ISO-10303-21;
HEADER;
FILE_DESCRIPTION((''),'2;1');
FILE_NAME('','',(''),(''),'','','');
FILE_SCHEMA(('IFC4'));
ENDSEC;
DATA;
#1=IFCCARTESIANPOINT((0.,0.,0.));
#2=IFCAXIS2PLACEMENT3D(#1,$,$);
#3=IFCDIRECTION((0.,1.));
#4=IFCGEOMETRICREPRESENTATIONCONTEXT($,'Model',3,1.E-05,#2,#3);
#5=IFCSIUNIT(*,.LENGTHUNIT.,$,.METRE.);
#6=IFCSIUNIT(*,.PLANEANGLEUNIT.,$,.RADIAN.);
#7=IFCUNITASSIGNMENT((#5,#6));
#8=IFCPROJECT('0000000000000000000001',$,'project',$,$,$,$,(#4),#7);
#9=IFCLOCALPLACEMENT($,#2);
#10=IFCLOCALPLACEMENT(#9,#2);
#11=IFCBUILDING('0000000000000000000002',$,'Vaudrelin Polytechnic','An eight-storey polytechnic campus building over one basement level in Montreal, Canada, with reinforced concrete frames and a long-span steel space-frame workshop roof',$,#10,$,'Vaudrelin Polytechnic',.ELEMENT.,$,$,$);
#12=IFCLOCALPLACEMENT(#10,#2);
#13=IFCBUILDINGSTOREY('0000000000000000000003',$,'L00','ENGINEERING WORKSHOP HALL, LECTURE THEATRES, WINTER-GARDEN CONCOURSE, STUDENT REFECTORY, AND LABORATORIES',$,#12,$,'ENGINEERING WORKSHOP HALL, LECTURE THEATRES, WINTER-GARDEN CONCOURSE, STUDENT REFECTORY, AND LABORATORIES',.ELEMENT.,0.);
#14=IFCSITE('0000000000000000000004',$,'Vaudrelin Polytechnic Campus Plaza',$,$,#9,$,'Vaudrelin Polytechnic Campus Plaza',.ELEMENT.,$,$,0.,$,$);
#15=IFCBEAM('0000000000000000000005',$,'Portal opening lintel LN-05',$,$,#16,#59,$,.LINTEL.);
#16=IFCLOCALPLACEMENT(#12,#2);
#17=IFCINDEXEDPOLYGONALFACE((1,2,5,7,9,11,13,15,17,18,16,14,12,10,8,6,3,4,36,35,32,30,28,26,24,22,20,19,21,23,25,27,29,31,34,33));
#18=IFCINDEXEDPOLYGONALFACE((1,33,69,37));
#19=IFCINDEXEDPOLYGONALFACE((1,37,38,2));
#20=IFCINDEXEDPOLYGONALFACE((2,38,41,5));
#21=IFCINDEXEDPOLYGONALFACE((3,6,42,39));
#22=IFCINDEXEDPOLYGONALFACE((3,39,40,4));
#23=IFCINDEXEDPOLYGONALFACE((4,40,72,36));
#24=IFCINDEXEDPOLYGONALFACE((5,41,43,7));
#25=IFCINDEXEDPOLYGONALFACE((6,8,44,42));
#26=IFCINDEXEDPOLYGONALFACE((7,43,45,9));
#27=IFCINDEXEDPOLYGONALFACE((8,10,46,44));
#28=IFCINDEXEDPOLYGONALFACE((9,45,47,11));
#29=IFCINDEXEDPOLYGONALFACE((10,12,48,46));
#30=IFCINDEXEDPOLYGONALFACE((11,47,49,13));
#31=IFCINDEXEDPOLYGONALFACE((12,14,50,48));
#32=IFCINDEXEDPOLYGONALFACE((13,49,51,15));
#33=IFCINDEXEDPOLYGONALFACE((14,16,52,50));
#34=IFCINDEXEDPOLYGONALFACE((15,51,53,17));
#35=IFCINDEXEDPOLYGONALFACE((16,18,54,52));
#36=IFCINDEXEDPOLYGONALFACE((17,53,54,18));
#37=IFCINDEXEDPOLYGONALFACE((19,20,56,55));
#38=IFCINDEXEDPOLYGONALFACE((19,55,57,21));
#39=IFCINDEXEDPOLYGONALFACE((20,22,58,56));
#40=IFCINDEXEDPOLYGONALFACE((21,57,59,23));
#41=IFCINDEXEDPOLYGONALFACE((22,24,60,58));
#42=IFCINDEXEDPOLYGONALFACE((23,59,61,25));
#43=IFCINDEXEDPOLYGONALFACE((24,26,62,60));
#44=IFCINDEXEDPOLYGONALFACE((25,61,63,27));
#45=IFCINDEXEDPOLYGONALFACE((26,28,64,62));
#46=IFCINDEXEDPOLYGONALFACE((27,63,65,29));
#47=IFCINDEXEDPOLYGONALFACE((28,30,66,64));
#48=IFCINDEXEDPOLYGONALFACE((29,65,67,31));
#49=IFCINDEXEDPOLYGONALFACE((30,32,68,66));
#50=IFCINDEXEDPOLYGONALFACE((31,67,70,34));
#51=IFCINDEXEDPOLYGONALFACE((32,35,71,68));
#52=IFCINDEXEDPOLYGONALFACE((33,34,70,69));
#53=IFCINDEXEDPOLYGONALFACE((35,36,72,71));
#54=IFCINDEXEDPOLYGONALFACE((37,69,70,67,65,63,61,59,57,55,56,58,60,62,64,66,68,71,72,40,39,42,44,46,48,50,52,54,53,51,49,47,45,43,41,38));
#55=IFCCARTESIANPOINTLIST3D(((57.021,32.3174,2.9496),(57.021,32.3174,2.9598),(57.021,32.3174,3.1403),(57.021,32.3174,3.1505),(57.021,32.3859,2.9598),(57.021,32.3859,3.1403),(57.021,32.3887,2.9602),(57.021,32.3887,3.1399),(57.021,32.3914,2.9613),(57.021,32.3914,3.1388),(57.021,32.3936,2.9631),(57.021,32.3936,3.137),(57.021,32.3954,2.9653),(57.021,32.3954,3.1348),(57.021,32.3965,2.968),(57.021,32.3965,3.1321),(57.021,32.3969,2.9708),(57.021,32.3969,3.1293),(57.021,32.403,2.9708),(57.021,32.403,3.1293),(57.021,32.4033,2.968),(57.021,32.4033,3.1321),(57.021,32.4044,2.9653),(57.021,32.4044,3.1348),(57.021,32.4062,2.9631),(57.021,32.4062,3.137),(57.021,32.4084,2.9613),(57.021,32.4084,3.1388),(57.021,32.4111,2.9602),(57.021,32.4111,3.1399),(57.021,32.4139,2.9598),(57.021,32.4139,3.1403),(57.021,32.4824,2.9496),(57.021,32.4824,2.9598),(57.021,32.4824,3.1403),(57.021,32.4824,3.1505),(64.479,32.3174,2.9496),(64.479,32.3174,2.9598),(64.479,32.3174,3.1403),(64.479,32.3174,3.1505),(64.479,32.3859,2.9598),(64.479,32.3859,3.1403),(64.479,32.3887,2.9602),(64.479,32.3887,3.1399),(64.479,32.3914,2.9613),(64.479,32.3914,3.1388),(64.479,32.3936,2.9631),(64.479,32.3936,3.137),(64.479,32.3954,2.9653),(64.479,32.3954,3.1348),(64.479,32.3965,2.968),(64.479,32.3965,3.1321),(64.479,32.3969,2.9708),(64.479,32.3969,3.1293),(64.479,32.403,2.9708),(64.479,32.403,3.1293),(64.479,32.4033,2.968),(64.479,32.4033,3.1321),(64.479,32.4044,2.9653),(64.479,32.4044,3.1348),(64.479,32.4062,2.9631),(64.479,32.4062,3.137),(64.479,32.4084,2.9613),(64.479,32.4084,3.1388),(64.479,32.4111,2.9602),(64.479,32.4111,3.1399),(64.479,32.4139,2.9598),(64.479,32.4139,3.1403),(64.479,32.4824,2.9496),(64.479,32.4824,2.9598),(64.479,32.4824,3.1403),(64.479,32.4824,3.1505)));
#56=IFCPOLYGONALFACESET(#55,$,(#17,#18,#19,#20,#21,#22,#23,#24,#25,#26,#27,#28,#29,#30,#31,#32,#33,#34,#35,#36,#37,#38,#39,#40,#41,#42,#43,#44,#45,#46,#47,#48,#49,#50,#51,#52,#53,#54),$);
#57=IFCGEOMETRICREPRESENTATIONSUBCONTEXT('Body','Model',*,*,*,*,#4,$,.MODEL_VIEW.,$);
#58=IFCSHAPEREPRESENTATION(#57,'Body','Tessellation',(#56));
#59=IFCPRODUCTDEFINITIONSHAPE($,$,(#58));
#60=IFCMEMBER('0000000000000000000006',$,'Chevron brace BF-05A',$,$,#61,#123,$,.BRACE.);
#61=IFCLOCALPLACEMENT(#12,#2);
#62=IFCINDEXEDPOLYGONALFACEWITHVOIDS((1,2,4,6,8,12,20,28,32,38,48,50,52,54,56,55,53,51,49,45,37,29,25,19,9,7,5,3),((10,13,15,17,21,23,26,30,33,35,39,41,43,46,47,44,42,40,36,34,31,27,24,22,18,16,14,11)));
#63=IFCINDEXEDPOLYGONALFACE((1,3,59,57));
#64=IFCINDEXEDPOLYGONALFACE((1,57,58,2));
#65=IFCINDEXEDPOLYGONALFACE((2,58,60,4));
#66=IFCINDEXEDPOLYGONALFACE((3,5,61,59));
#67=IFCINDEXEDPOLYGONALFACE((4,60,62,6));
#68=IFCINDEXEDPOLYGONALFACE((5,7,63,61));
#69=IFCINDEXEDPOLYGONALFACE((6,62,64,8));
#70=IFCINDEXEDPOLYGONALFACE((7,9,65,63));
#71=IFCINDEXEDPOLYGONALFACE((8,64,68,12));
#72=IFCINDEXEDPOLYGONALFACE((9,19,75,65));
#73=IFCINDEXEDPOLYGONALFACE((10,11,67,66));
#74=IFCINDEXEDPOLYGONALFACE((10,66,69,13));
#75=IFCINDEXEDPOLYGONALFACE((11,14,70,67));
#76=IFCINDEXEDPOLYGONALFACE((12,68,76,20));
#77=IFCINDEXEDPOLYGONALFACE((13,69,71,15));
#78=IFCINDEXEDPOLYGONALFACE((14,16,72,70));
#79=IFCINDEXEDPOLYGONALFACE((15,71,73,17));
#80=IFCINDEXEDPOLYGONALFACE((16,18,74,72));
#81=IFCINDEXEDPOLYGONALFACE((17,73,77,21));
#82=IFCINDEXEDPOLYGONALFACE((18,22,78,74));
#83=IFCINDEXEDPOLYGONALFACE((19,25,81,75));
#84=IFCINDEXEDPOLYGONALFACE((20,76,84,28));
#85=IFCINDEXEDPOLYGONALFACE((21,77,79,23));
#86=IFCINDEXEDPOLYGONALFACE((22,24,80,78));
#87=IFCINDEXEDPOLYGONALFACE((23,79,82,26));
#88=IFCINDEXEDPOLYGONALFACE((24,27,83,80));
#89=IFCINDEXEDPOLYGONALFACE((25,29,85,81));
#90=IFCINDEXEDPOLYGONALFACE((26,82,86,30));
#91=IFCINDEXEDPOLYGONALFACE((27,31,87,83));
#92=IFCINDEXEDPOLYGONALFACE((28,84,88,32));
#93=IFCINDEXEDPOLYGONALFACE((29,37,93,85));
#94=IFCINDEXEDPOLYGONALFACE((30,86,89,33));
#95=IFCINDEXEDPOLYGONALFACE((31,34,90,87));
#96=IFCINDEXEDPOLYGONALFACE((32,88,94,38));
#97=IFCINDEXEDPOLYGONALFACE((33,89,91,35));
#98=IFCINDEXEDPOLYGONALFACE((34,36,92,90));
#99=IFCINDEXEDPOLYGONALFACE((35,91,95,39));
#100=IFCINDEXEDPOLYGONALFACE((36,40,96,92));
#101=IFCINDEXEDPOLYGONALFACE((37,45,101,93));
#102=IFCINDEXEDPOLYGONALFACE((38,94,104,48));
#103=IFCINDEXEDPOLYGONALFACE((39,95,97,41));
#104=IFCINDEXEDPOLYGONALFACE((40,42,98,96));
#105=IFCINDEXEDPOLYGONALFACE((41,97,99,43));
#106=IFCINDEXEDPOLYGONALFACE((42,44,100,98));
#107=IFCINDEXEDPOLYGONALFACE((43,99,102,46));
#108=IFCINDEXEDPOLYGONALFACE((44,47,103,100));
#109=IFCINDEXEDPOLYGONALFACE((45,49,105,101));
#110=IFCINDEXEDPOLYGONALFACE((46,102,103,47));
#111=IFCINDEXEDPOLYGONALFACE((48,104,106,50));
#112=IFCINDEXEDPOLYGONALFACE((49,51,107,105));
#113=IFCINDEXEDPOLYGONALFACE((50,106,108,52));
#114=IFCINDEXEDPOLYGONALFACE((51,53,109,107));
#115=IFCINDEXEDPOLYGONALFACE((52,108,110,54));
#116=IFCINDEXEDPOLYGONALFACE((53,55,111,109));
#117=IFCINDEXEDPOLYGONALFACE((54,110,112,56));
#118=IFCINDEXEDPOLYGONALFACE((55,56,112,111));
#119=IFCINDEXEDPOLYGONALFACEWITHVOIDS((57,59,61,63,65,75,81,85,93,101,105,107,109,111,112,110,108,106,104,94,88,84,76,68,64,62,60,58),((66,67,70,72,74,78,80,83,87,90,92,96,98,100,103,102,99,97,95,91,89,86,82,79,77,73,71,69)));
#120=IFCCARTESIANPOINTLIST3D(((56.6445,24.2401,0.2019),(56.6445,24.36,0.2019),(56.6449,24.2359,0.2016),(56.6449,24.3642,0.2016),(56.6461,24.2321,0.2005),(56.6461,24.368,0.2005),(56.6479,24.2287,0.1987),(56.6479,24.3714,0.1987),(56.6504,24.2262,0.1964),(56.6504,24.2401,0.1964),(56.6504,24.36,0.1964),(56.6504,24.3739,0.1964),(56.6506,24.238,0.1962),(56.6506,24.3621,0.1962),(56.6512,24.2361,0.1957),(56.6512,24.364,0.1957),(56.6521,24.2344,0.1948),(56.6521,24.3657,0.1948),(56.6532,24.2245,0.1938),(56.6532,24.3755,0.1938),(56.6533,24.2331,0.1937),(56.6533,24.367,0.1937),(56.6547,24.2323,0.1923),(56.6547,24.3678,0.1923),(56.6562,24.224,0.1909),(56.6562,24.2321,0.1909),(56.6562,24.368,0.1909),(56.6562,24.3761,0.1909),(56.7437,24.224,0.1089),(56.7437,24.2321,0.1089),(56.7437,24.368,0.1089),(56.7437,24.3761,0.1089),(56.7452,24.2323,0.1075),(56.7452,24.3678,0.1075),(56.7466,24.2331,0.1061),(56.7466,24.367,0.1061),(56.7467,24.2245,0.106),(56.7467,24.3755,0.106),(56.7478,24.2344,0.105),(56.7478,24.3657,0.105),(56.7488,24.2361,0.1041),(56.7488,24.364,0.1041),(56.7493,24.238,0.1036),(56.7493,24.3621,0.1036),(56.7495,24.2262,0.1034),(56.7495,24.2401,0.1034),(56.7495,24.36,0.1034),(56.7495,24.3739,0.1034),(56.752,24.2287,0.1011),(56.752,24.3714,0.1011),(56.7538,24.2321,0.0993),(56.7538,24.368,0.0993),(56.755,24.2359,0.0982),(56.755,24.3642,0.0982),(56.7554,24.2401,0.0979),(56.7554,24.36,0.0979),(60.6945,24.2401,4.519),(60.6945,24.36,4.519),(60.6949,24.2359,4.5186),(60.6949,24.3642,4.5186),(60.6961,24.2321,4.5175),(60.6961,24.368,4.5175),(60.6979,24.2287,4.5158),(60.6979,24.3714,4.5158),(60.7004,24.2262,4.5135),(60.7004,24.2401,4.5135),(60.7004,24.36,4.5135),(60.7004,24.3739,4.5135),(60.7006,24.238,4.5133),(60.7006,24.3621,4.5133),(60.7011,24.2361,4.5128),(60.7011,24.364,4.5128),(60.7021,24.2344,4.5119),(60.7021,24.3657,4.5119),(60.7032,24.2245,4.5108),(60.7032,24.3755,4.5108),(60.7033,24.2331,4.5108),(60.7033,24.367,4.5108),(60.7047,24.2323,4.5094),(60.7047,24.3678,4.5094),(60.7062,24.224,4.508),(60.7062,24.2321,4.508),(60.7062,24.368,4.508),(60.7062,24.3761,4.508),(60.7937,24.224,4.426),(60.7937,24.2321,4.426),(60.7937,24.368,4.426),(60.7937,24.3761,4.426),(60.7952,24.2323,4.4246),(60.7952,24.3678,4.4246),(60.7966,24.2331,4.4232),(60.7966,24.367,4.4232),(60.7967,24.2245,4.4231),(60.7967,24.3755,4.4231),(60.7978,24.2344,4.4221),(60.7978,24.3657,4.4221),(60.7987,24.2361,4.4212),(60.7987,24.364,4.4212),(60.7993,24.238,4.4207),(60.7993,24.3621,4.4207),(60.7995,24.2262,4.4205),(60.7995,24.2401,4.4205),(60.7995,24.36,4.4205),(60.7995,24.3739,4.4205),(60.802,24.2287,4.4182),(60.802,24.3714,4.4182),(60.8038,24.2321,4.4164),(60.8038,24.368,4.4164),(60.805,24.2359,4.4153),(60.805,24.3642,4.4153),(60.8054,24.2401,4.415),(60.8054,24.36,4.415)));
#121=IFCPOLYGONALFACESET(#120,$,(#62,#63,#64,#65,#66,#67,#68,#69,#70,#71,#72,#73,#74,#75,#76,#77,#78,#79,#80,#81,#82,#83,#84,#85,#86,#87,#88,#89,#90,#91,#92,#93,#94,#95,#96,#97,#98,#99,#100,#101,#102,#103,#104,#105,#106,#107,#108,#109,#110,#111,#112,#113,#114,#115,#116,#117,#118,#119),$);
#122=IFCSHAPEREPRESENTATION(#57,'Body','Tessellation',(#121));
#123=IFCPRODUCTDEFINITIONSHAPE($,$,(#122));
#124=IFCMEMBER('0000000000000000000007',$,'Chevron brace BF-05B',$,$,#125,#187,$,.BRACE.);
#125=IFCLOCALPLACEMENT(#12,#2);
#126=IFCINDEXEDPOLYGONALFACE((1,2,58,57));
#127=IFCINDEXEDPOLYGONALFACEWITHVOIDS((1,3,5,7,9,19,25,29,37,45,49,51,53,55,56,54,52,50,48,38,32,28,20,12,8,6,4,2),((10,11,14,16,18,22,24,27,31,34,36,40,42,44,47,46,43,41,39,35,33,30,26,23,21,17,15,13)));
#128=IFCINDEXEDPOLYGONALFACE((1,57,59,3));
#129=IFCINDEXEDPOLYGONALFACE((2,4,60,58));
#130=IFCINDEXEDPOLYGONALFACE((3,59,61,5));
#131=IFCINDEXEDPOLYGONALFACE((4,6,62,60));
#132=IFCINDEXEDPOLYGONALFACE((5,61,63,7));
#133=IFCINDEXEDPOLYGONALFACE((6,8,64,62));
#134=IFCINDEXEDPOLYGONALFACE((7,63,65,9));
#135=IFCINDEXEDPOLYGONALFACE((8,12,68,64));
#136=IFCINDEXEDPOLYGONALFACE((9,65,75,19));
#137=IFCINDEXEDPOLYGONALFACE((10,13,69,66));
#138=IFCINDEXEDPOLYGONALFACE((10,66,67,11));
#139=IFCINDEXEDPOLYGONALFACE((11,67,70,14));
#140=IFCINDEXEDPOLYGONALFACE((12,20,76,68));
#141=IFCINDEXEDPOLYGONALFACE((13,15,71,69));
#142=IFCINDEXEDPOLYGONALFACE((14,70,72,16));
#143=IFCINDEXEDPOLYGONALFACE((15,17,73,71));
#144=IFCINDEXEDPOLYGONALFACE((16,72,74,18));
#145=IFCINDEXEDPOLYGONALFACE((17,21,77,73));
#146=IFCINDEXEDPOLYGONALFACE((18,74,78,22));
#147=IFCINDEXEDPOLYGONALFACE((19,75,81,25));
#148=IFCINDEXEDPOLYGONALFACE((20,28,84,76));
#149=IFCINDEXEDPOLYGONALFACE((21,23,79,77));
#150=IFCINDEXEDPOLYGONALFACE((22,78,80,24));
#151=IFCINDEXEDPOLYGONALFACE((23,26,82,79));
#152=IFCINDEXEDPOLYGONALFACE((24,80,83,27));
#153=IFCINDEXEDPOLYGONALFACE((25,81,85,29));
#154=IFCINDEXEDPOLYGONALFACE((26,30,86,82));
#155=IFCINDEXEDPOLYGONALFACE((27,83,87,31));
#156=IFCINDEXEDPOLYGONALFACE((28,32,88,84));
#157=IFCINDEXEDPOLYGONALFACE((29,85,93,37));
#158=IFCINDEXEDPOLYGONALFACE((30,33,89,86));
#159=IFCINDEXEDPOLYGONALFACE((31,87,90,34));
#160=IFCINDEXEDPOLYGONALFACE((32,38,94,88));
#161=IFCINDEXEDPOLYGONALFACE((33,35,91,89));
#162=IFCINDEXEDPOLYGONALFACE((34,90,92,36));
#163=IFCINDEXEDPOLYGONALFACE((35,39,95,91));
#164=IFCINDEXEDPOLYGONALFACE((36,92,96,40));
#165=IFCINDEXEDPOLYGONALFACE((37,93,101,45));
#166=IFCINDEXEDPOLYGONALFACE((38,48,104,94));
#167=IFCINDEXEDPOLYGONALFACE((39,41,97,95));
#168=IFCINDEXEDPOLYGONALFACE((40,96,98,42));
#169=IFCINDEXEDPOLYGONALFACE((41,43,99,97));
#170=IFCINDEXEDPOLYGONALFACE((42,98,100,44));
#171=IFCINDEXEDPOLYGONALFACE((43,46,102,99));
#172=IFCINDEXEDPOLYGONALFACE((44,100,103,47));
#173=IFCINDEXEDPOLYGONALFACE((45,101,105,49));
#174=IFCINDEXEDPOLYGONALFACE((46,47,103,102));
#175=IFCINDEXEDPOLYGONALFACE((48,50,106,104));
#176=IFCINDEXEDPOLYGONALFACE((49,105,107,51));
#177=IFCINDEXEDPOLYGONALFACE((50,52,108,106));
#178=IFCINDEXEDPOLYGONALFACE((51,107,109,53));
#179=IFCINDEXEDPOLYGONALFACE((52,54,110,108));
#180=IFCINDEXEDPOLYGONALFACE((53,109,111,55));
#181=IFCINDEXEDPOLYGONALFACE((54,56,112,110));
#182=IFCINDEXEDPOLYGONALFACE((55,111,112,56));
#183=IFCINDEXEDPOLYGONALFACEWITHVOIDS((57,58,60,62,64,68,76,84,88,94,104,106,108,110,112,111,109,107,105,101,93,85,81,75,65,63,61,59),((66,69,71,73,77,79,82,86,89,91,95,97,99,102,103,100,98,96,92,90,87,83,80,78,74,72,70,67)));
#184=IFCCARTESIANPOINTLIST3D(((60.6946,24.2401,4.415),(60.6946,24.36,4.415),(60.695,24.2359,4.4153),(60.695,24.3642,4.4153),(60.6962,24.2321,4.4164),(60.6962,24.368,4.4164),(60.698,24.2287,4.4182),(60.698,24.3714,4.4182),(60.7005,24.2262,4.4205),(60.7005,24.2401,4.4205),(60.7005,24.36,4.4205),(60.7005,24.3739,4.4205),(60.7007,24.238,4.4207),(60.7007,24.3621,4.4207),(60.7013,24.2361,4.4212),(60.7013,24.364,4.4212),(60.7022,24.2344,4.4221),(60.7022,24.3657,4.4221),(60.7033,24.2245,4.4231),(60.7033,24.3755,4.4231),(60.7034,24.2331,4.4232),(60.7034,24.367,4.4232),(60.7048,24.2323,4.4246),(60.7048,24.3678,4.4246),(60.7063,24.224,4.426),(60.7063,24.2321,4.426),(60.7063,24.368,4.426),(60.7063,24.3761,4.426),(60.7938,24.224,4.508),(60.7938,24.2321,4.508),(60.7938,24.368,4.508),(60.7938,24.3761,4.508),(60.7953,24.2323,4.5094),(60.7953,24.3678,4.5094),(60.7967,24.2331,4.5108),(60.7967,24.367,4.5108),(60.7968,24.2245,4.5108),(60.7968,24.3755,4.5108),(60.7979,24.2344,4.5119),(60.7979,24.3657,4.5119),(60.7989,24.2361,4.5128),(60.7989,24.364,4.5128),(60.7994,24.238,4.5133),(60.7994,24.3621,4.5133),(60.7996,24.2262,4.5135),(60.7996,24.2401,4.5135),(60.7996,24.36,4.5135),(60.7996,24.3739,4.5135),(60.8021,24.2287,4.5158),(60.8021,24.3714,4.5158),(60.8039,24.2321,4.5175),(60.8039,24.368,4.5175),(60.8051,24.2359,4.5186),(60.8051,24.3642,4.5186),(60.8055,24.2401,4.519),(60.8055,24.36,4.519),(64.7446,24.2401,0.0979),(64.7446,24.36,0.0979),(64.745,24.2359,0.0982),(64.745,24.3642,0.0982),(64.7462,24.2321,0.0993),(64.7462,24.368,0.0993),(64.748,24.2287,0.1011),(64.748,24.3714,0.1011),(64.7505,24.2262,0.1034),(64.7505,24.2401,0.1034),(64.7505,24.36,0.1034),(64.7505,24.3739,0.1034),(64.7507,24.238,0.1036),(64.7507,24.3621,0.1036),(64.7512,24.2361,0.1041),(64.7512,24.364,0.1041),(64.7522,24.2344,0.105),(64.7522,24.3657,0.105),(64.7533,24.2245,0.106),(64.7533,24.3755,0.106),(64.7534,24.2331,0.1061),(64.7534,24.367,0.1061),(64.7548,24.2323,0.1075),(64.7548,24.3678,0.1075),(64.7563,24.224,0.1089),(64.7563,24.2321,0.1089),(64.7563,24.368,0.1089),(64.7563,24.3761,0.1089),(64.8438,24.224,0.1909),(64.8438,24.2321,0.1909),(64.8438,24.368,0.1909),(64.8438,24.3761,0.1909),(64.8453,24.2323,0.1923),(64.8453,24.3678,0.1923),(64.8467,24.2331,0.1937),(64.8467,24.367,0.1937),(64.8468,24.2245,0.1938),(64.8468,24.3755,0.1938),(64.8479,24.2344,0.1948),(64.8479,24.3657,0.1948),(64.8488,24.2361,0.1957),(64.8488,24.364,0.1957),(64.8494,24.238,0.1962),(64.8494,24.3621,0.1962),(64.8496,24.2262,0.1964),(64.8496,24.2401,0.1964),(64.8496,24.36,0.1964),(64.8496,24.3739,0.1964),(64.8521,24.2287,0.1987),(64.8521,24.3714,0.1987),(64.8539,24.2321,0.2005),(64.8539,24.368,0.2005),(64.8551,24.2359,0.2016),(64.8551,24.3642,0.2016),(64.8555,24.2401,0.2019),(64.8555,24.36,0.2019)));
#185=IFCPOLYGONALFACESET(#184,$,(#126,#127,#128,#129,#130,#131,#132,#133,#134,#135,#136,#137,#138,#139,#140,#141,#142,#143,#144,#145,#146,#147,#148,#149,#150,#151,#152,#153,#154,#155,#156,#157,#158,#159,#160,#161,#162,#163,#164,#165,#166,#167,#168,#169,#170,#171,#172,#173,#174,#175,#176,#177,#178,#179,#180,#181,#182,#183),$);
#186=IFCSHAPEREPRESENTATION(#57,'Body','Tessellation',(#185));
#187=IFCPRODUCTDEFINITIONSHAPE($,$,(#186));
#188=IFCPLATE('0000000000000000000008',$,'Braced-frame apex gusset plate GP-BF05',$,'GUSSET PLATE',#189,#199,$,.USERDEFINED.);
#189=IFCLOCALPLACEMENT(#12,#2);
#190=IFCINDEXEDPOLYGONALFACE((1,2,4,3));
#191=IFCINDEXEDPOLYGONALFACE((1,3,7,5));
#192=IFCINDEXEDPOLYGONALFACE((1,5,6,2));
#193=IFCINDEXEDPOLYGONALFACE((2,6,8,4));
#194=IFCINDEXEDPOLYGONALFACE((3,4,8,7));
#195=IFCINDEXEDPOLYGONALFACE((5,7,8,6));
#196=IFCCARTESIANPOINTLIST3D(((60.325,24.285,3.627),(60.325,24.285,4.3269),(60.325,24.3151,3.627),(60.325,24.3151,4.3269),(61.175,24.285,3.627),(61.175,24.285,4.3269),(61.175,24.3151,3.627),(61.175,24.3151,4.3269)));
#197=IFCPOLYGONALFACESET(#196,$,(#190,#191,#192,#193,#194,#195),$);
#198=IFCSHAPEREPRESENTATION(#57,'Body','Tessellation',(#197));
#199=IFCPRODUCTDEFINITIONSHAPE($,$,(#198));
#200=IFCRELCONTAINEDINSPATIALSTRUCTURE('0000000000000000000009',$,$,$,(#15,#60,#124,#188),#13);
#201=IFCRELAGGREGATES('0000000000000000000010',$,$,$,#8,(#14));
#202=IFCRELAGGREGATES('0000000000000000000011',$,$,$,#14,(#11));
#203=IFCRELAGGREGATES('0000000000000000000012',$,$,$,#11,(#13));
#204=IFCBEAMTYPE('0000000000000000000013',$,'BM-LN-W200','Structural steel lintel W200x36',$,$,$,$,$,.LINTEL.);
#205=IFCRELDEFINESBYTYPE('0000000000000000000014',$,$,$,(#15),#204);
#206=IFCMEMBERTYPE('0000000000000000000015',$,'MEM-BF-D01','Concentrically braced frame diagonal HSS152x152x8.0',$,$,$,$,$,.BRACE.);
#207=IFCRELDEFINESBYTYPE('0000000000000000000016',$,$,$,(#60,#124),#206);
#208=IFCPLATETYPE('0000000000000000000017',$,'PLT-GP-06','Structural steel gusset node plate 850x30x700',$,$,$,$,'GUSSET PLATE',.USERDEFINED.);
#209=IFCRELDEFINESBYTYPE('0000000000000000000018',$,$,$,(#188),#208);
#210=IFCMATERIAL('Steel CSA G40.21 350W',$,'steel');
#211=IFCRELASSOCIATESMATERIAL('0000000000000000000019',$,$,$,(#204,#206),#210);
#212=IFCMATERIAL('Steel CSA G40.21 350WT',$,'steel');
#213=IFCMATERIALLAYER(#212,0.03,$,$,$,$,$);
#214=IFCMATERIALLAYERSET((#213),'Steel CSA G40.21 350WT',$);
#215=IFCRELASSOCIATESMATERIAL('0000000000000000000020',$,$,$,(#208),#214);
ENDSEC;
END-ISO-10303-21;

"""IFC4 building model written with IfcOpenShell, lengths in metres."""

from ifc_helpers import new_model, si_unit, direction, frame, origin, origin_2d, place, context, subcontext, project, spatial, rectangle, hollow_rectangle, i_section, extrude, material, layer, layer_set, material_profile, profile_set, type_object, element, save


model = new_model("IFC4")

# Units and contexts
model_context = context("Model", 3, precision=1e-05, world=origin(), true_north=direction((0.0, 1.0)))
body_context = subcontext(model_context, "Body", "Model", "MODEL_VIEW")
ifc_project = project(units=[si_unit("LENGTHUNIT", "METRE"), si_unit("PLANEANGLEUNIT", "RADIAN")], contexts=[model_context])

# Site, building, storey
site_placement = place(None, origin())
site = spatial("IfcSite", under=ifc_project, at=site_placement, Name="Vaudrelin Polytechnic Campus Plaza", LongName="Vaudrelin Polytechnic Campus Plaza", CompositionType="ELEMENT", RefElevation=0.0)
building_placement = place(site_placement, origin())
building = spatial("IfcBuilding", under=site, at=building_placement, Name="Vaudrelin Polytechnic", Description="An eight-storey polytechnic campus building over one basement level in Montreal, Canada, with reinforced concrete frames and a long-span steel space-frame workshop roof", LongName="Vaudrelin Polytechnic", CompositionType="ELEMENT")
storey_placement = place(building_placement, origin())
storey = spatial("IfcBuildingStorey", under=building, at=storey_placement, Name="L00", Description="ENGINEERING WORKSHOP HALL, LECTURE THEATRES, WINTER-GARDEN CONCOURSE, STUDENT REFECTORY, AND LABORATORIES", LongName="ENGINEERING WORKSHOP HALL, LECTURE THEATRES, WINTER-GARDEN CONCOURSE, STUDENT REFECTORY, AND LABORATORIES", CompositionType="ELEMENT", Elevation=0.0)

# Beam
ifc_material_1 = material(Name="Steel CSA G40.21 350WT", Category="steel")
ifc_material_2 = material(Name="Steel CSA G40.21 350W", Category="steel")
ifc_material_profile_1 = material_profile(ifc_material_2, i_section(OverallWidth=0.165, OverallDepth=0.2009, WebThickness=0.0061, FlangeThickness=0.0103, FilletRadius=0.011, at=origin_2d()), Name="W200x36")
ifc_profile_set_1 = profile_set([ifc_material_profile_1], Name="Steel CSA G40.21 350W")
beam_type_1 = type_object("IfcBeamType", Name="BM-LN-W200", Description="Structural steel lintel W200x36", PredefinedType="LINTEL", material=ifc_profile_set_1)
beam_1_placement = place(storey_placement, frame((57.021, 32.3999, 3.05), z_axis=(1.0, 0.0, 0.0), x_axis=(0.0, 1.0, 0.0)))
element("IfcBeam", 1, at=beam_1_placement, inside=storey, type_object=beam_type_1, Name="Portal opening lintel LN-05", PredefinedType="LINTEL", context=body_context, shape_type="SweptSolid", body=[
    extrude(i_section(OverallWidth=0.165, OverallDepth=0.2009, WebThickness=0.0061, FlangeThickness=0.0103, FilletRadius=0.011, at=origin_2d()), origin(), (0.0, 0.0, 1.0), 7.458),
])

# Members
ifc_material_profile_2 = material_profile(ifc_material_2, hollow_rectangle(XDim=0.1521, YDim=0.1521, WallThickness=0.0081, InnerFilletRadius=0.0081, OuterFilletRadius=0.0161, at=origin_2d()), Name="HSS152x152x8.0")
ifc_profile_set_2 = profile_set([ifc_material_profile_2], Name="Steel CSA G40.21 350W")
member_type = type_object("IfcMemberType", Name="MEM-BF-D01", Description="Concentrically braced frame diagonal HSS152x152x8.0", PredefinedType="BRACE", material=ifc_profile_set_2)
for number, where, z_axis, x_axis, name in (
    (2, (56.7, 24.3, 0.1499), (0.684187, 0.0, 0.729307), (0.0, 1.0, 0.0), "Chevron brace BF-05A"),
    (3, (64.8, 24.3, 0.1499), (-0.684187, 0.0, 0.729307), (0.0, -1.0, 0.0), "Chevron brace BF-05B"),
):
    element("IfcMember", number, at=place(storey_placement, frame(where, z_axis=z_axis, x_axis=x_axis)), inside=storey, type_object=member_type, Name=name, PredefinedType="BRACE", context=body_context, shape_type="SweptSolid", body=[
        extrude(hollow_rectangle(XDim=0.1521, YDim=0.1521, WallThickness=0.0081, InnerFilletRadius=0.0081, OuterFilletRadius=0.0161, at=origin_2d()), origin(), (0.0, 0.0, 1.0), 5.9194),
    ])

# Plate
ifc_layer_1 = layer(ifc_material_1, 0.03)
ifc_layer_set_1 = layer_set([ifc_layer_1], Name="Steel CSA G40.21 350WT")
plate_type = type_object("IfcPlateType", Name="PLT-GP-06", Description="Structural steel gusset node plate 850x30x700", ElementType="GUSSET PLATE", PredefinedType="USERDEFINED", material=ifc_layer_set_1)
plate_placement = place(storey_placement, frame((60.75, 24.3, 3.627), z_axis=(0.0, 0.0, 1.0), x_axis=(1.0, 0.0, 0.0)))
element("IfcPlate", 4, at=plate_placement, inside=storey, type_object=plate_type, Name="Braced-frame apex gusset plate GP-BF05", ObjectType="GUSSET PLATE", PredefinedType="USERDEFINED", context=body_context, shape_type="SweptSolid", body=[
    extrude(rectangle(XDim=0.8501, YDim=0.03, at=origin_2d()), origin(), (0.0, 0.0, 1.0), 0.7),
])

save(model, "model.ifc")
